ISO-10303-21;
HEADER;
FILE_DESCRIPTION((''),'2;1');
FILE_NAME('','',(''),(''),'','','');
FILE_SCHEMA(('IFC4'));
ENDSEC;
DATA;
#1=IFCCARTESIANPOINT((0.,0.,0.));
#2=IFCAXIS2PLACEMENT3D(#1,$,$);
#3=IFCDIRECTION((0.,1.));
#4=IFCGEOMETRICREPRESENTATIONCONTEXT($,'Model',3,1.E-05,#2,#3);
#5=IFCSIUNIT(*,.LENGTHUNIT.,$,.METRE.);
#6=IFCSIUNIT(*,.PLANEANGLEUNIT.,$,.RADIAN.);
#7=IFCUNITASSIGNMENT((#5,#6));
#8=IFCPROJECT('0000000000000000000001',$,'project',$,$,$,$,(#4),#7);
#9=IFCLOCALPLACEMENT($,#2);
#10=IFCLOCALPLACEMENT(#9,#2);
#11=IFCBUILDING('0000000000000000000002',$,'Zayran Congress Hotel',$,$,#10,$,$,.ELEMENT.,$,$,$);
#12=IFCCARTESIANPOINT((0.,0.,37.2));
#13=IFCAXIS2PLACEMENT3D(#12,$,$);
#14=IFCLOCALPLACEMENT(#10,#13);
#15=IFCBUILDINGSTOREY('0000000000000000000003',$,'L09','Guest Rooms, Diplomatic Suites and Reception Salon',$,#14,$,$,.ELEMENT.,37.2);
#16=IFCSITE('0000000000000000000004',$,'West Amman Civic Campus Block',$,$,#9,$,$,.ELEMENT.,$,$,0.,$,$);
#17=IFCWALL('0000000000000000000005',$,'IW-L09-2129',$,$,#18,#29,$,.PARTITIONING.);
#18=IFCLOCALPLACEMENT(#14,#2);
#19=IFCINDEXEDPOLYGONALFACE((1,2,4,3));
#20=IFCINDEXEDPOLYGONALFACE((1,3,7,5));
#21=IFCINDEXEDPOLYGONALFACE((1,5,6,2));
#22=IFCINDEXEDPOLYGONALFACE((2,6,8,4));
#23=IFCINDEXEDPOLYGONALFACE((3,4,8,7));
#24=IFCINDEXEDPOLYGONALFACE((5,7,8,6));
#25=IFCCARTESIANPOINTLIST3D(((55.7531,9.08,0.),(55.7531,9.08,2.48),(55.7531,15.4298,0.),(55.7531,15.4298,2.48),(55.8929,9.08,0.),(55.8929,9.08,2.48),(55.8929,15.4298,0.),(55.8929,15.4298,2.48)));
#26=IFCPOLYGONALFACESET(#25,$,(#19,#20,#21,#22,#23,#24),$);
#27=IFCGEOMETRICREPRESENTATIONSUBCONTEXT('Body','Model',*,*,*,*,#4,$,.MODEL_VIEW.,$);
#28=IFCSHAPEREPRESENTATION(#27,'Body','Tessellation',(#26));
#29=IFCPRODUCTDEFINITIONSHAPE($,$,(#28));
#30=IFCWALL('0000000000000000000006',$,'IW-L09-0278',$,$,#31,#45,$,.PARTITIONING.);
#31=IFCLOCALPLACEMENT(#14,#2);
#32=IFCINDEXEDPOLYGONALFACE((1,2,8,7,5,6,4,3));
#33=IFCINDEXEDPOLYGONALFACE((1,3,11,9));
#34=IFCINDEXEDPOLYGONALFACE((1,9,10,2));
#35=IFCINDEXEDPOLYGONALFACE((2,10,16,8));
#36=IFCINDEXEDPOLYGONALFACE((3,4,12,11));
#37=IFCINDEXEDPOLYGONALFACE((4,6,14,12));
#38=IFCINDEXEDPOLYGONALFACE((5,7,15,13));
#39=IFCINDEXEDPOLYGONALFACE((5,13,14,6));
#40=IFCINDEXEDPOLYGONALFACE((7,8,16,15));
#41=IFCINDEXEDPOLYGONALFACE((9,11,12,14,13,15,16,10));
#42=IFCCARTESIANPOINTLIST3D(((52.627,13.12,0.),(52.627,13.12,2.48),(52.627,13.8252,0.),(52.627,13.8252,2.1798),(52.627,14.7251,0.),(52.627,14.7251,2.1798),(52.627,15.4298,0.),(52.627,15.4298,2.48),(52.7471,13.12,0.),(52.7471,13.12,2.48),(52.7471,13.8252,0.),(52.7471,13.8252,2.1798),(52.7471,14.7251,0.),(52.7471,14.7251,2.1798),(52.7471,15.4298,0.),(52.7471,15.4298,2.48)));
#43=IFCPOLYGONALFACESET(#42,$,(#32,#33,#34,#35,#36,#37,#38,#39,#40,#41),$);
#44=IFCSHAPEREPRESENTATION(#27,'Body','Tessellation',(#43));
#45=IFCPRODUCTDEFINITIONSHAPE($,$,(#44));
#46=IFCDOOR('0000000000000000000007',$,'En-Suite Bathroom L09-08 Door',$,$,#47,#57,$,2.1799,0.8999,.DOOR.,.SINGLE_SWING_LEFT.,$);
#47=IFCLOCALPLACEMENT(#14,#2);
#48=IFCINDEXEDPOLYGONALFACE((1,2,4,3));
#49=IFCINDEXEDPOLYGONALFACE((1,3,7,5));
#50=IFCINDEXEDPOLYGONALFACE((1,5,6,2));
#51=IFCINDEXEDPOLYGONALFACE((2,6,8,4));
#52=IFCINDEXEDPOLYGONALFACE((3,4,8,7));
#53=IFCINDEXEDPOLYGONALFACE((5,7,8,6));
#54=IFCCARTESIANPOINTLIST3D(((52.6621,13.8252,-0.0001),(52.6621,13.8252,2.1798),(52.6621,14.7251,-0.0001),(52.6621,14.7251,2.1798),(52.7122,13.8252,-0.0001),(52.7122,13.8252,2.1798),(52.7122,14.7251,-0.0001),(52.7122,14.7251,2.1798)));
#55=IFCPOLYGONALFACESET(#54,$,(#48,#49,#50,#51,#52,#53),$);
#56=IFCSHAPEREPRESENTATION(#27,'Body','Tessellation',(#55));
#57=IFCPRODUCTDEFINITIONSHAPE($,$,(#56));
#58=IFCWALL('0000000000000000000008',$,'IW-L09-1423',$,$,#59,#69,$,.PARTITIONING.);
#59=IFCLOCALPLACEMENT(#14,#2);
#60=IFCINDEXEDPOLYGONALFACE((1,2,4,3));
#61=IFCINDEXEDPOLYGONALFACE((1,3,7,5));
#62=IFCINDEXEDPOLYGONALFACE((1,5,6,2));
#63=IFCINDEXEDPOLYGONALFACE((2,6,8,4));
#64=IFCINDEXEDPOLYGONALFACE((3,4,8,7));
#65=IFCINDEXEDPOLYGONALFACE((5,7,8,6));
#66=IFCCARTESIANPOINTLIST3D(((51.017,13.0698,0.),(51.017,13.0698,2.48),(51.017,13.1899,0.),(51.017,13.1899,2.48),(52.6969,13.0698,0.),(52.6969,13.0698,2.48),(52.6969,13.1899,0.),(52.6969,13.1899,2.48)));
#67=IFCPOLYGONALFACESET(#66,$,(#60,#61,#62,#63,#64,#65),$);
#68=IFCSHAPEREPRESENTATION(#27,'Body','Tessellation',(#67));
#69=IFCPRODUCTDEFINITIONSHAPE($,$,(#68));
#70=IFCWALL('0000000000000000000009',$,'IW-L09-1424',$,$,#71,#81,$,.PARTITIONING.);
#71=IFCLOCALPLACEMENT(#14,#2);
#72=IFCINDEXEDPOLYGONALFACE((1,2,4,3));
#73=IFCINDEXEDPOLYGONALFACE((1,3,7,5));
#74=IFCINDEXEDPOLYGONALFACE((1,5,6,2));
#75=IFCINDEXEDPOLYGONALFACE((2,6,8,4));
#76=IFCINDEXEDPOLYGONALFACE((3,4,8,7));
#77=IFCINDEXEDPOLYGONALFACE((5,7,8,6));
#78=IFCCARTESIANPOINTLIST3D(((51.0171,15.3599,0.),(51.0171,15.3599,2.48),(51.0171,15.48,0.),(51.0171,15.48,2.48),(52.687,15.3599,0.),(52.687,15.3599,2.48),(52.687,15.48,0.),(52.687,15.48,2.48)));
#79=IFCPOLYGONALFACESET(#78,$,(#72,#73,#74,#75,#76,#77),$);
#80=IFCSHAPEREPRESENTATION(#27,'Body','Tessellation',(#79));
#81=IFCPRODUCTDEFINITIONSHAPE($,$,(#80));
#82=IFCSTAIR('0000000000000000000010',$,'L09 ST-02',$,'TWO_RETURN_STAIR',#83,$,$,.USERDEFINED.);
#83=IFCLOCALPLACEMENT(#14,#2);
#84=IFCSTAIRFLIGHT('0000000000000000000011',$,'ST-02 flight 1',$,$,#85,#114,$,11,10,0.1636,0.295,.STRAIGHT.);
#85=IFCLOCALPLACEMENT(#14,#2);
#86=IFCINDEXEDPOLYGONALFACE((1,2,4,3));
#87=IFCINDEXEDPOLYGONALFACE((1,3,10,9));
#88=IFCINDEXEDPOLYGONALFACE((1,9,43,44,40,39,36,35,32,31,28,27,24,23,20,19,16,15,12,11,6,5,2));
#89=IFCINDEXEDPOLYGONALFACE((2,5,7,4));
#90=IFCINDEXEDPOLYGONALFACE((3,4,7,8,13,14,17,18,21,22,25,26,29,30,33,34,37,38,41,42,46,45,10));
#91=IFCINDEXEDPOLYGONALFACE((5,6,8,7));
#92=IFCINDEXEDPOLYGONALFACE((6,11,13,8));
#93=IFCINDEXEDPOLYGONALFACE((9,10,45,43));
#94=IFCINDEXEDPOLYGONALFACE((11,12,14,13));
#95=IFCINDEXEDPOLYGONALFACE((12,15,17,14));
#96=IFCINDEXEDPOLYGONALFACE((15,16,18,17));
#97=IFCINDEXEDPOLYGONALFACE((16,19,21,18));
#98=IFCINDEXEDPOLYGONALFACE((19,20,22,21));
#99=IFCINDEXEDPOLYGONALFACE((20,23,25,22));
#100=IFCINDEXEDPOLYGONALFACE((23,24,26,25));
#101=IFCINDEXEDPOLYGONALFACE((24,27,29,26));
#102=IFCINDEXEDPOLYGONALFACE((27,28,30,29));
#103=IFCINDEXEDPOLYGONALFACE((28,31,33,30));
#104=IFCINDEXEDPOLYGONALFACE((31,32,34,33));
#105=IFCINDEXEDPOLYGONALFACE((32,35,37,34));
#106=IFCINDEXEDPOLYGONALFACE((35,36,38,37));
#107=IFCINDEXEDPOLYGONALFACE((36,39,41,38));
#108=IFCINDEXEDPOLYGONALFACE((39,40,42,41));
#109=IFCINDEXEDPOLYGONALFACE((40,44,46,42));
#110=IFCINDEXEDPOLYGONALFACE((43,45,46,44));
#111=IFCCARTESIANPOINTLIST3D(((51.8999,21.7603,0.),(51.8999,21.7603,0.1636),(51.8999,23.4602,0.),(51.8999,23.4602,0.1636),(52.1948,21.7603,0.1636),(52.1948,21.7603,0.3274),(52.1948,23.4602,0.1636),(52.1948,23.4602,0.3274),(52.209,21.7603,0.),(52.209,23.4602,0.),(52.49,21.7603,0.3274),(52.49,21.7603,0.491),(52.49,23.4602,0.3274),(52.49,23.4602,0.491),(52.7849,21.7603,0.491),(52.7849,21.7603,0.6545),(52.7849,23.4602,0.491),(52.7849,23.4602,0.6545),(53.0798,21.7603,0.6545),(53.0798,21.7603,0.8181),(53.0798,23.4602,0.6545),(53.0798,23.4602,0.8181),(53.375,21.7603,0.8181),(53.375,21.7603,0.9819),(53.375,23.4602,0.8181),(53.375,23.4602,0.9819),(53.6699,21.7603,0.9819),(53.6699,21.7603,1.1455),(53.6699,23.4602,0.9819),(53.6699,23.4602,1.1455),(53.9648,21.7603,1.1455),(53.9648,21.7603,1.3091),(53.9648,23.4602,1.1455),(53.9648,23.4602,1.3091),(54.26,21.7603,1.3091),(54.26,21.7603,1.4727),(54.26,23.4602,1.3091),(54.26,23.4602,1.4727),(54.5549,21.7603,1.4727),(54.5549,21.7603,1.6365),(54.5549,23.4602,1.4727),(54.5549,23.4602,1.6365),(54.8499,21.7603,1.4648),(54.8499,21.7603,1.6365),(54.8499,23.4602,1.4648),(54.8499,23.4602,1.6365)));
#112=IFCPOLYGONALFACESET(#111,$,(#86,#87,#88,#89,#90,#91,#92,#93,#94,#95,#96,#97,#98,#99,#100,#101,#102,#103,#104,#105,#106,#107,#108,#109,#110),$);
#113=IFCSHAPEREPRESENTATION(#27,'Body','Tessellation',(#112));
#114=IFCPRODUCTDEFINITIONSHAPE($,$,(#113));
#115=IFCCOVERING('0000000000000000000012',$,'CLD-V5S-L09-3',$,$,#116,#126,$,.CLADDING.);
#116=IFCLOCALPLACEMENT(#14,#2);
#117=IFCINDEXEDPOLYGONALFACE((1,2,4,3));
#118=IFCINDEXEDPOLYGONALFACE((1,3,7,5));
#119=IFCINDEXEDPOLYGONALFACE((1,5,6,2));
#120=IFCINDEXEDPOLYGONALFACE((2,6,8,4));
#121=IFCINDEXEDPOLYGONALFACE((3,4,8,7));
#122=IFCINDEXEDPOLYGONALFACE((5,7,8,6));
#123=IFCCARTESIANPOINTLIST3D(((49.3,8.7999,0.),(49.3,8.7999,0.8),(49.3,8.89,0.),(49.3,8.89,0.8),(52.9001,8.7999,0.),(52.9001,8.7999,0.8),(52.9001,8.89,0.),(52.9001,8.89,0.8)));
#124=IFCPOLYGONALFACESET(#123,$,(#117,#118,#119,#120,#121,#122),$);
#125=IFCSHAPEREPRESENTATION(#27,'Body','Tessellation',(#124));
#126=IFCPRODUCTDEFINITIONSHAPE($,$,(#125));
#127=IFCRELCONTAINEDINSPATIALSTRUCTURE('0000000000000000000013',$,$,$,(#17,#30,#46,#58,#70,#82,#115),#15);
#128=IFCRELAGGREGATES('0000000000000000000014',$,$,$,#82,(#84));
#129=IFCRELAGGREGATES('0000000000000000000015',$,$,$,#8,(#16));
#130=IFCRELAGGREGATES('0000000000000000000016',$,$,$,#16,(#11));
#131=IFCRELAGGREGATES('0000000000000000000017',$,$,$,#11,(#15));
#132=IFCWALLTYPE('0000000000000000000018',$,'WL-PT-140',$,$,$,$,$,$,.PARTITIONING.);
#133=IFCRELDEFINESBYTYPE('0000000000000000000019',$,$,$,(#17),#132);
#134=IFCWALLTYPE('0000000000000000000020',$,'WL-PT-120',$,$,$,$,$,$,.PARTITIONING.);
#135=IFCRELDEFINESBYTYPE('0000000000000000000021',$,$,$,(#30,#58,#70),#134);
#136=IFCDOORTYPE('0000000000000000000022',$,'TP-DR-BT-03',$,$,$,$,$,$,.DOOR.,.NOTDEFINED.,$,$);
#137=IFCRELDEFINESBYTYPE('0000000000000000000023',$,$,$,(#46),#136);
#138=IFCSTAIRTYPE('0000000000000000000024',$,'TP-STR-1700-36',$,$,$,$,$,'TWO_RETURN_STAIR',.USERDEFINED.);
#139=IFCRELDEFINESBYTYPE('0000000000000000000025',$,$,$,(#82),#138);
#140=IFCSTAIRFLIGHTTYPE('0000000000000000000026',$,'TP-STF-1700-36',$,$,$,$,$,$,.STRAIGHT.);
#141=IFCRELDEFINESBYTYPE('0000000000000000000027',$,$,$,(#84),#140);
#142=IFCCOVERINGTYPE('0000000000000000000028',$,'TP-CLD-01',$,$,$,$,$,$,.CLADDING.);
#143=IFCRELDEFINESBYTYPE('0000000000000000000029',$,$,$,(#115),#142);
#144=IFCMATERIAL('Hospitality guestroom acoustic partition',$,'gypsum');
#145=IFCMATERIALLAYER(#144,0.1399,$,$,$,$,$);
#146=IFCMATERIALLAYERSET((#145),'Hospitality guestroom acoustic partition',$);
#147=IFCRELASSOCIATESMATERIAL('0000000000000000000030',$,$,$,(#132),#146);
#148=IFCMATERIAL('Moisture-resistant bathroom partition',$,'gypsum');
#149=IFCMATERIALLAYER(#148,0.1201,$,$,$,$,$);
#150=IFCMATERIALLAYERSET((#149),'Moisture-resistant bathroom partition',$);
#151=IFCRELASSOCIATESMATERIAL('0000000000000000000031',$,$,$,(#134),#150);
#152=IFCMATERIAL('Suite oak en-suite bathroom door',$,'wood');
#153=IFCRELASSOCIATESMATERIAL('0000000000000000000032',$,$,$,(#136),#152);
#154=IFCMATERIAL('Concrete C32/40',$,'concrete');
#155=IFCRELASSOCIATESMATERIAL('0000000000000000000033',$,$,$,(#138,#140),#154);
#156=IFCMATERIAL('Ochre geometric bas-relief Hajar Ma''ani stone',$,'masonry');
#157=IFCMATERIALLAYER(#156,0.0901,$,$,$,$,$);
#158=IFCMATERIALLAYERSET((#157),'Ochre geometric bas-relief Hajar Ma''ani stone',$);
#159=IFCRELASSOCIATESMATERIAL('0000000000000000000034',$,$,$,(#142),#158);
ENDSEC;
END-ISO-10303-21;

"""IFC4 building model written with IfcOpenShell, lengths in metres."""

from ifc_helpers import new_model, si_unit, direction, frame, frame_2d, origin, origin_2d, place, context, subcontext, project, spatial, polyline, rectangle, outline, extrude, material, layer, layer_set, type_object, element, fill, aggregate, save


model = new_model("IFC4")

# Units and contexts
model_context = context("Model", 3, precision=1e-05, world=origin(), true_north=direction((0.0, 1.0)))
body_context = subcontext(model_context, "Body", "Model", "MODEL_VIEW")
ifc_project = project(units=[si_unit("LENGTHUNIT", "METRE"), si_unit("PLANEANGLEUNIT", "RADIAN")], contexts=[model_context])

# Site, building, storey
site_placement = place(None, origin())
site = spatial("IfcSite", under=ifc_project, at=site_placement, Name="West Amman Civic Campus Block", CompositionType="ELEMENT", RefElevation=0.0)
building_placement = place(site_placement, origin())
building = spatial("IfcBuilding", under=site, at=building_placement, Name="Zayran Congress Hotel", CompositionType="ELEMENT")
storey_placement = place(building_placement, frame((0.0, 0.0, 37.2)))
storey = spatial("IfcBuildingStorey", under=building, at=storey_placement, Name="L09", Description="Guest Rooms, Diplomatic Suites and Reception Salon", CompositionType="ELEMENT", Elevation=37.2)

# Shared definitions
ifc_material_1 = material(Name="Hospitality guestroom acoustic partition", Category="gypsum")
ifc_layer_1 = layer(ifc_material_1, 0.1399)
ifc_layer_set_1 = layer_set([ifc_layer_1], Name="Hospitality guestroom acoustic partition")
wall_type_1 = type_object("IfcWallType", Name="WL-PT-140", PredefinedType="PARTITIONING", material=ifc_layer_set_1)

# Wall
for number, where, z_axis, x_axis, name in (
    (1, (55.823, 9.0801, 0.0), (0.0, 0.0, 1.0), (0.0, 1.0, 0.0), "IW-L09-2129"),
):
    element("IfcWall", number, at=place(storey_placement, frame(where, z_axis=z_axis, x_axis=x_axis)), inside=storey, type_object=wall_type_1, Name=name, PredefinedType="PARTITIONING", context=body_context, shape_type="SweptSolid", body=[
        extrude(rectangle(XDim=6.3499, YDim=0.1399, at=frame_2d((3.1748, 0.0))), origin(), (0.0, 0.0, 1.0), 2.48),
    ])

# Wall, opening, door
ifc_material_2 = material(Name="Moisture-resistant bathroom partition", Category="gypsum")
ifc_layer_2 = layer(ifc_material_2, 0.1201)
ifc_layer_set_2 = layer_set([ifc_layer_2], Name="Moisture-resistant bathroom partition")
wall_type_2 = type_object("IfcWallType", Name="WL-PT-120", PredefinedType="PARTITIONING", material=ifc_layer_set_2)
wall_1_placement = place(storey_placement, frame((52.687, 13.1201, 0.0), z_axis=(0.0, 0.0, 1.0), x_axis=(0.0, 1.0, 0.0)))
wall_1 = element("IfcWall", 2, at=wall_1_placement, inside=storey, type_object=wall_type_2, Name="IW-L09-0278", PredefinedType="PARTITIONING", context=body_context, shape_type="SweptSolid", body=[
    extrude(rectangle(XDim=2.3098, YDim=0.1201, at=frame_2d((1.1548, 0.0))), origin(), (0.0, 0.0, 1.0), 2.48),
])
opening_1_placement = place(wall_1_placement, frame((0.7051, 0.0, 0.0)))
opening_1 = element("IfcOpeningElement", 3, at=opening_1_placement, cuts=wall_1, PredefinedType="OPENING", context=body_context, shape_type="SweptSolid", body=[
    extrude(rectangle(XDim=0.8999, YDim=2.1799, at=frame_2d((0.45, 1.0898))), frame((0.0, 0.0701, 0.0), z_axis=(0.0, -1.0, 0.0), x_axis=(1.0, 0.0, 0.0)), (0.0, 0.0, 1.0), 0.1401),
])
ifc_material_3 = material(Name="Suite oak en-suite bathroom door", Category="wood")
door_type_1 = type_object("IfcDoorType", Name="TP-DR-BT-03", OperationType="NOTDEFINED", PredefinedType="DOOR", material=ifc_material_3)
door_1_placement = place(opening_1_placement, origin())
door_1 = element("IfcDoor", 4, at=door_1_placement, inside=storey, type_object=door_type_1, Name="En-Suite Bathroom L09-08 Door", OperationType="SINGLE_SWING_LEFT", OverallHeight=2.1799, OverallWidth=0.8999, PredefinedType="DOOR", context=body_context, shape_type="SweptSolid", body=[
    extrude(rectangle(XDim=0.8999, YDim=2.1799, at=frame_2d((0.45, 1.0898))), frame((0.0, 0.0249, 0.0), z_axis=(0.0, -1.0, 0.0), x_axis=(1.0, 0.0, 0.0)), (0.0, 0.0, 1.0), 0.05),
])
fill(opening_1, door_1)

# Walls
wall_2_placement = place(storey_placement, frame((51.0171, 13.1299, 0.0), z_axis=(0.0, 0.0, 1.0), x_axis=(1.0, 0.0, 0.0)))
element("IfcWall", 5, at=wall_2_placement, inside=storey, type_object=wall_type_2, Name="IW-L09-1423", PredefinedType="PARTITIONING", context=body_context, shape_type="SweptSolid", body=[
    extrude(rectangle(XDim=1.6799, YDim=0.1201, at=frame_2d((0.8398, 0.0))), origin(), (0.0, 0.0, 1.0), 2.48),
])
wall_3_placement = place(storey_placement, frame((51.0171, 15.4199, 0.0), z_axis=(0.0, 0.0, 1.0), x_axis=(1.0, 0.0, 0.0)))
element("IfcWall", 6, at=wall_3_placement, inside=storey, type_object=wall_type_2, Name="IW-L09-1424", PredefinedType="PARTITIONING", context=body_context, shape_type="SweptSolid", body=[
    extrude(rectangle(XDim=1.6699, YDim=0.1201, at=frame_2d((0.835, 0.0))), origin(), (0.0, 0.0, 1.0), 2.48),
])

# Stair, stair flight
ifc_material_4 = material(Name="Concrete C32/40", Category="concrete")
stair_type = type_object("IfcStairType", Name="TP-STR-1700-36", ElementType="TWO_RETURN_STAIR", PredefinedType="USERDEFINED", material=ifc_material_4)
stair_placement = place(storey_placement, origin())
stair = element("IfcStair", 7, at=stair_placement, inside=storey, type_object=stair_type, Name="L09 ST-02", ObjectType="TWO_RETURN_STAIR", PredefinedType="USERDEFINED")
stair_flight_type = type_object("IfcStairFlightType", Name="TP-STF-1700-36", PredefinedType="STRAIGHT", material=ifc_material_4)
stair_flight_placement = place(storey_placement, frame((51.8999, 22.6101, 0.0), z_axis=(0.0, 0.0, 1.0), x_axis=(1.0, 0.0, 0.0)))
stair_flight = element("IfcStairFlight", 8, at=stair_flight_placement, type_object=stair_flight_type, Name="ST-02 flight 1", NumberOfRisers=11, NumberOfTreads=10, PredefinedType="STRAIGHT", RiserHeight=0.1636, TreadLength=0.295, context=body_context, shape_type="SweptSolid", body=[
    extrude(outline(polyline([(0.0, 0.0), (0.0, 0.1636), (0.2949, 0.1636), (0.2949, 0.3274), (0.5901, 0.3274), (0.5901, 0.491), (0.885, 0.491), (0.885, 0.6545), (1.1799, 0.6545), (1.1799, 0.8181), (1.4751, 0.8181), (1.4751, 0.9819), (1.77, 0.9819), (1.77, 1.1455), (2.0649, 1.1455), (2.0649, 1.3091), (2.3601, 1.3091), (2.3601, 1.4727), (2.655, 1.4727), (2.655, 1.6365), (2.95, 1.6365), (2.95, 1.8), (2.95, 1.4648), (0.3091, 0.0), (0.0, 0.0)])), frame((0.0, 0.8501, 0.0), z_axis=(0.0, -1.0, 0.0), x_axis=(1.0, 0.0, 0.0)), (0.0, 0.0, 1.0), 1.7),
])
aggregate(stair, [stair_flight])

# Covering
ifc_material_5 = material(Name="Ochre geometric bas-relief Hajar Ma'ani stone", Category="masonry")
ifc_layer_3 = layer(ifc_material_5, 0.0901)
ifc_layer_set_3 = layer_set([ifc_layer_3], Name="Ochre geometric bas-relief Hajar Ma'ani stone")
covering_type = type_object("IfcCoveringType", Name="TP-CLD-01", PredefinedType="CLADDING", material=ifc_layer_set_3)
covering_placement = place(storey_placement, frame((51.1001, 8.845, 0.0), z_axis=(0.0, 0.0, 1.0), x_axis=(1.0, 0.0, 0.0)))
element("IfcCovering", 9, at=covering_placement, inside=storey, type_object=covering_type, Name="CLD-V5S-L09-3", PredefinedType="CLADDING", context=body_context, shape_type="SweptSolid", body=[
    extrude(rectangle(XDim=3.6001, YDim=0.0901, at=origin_2d()), origin(), (0.0, 0.0, 1.0), 0.8),
])

save(model, "model.ifc")
